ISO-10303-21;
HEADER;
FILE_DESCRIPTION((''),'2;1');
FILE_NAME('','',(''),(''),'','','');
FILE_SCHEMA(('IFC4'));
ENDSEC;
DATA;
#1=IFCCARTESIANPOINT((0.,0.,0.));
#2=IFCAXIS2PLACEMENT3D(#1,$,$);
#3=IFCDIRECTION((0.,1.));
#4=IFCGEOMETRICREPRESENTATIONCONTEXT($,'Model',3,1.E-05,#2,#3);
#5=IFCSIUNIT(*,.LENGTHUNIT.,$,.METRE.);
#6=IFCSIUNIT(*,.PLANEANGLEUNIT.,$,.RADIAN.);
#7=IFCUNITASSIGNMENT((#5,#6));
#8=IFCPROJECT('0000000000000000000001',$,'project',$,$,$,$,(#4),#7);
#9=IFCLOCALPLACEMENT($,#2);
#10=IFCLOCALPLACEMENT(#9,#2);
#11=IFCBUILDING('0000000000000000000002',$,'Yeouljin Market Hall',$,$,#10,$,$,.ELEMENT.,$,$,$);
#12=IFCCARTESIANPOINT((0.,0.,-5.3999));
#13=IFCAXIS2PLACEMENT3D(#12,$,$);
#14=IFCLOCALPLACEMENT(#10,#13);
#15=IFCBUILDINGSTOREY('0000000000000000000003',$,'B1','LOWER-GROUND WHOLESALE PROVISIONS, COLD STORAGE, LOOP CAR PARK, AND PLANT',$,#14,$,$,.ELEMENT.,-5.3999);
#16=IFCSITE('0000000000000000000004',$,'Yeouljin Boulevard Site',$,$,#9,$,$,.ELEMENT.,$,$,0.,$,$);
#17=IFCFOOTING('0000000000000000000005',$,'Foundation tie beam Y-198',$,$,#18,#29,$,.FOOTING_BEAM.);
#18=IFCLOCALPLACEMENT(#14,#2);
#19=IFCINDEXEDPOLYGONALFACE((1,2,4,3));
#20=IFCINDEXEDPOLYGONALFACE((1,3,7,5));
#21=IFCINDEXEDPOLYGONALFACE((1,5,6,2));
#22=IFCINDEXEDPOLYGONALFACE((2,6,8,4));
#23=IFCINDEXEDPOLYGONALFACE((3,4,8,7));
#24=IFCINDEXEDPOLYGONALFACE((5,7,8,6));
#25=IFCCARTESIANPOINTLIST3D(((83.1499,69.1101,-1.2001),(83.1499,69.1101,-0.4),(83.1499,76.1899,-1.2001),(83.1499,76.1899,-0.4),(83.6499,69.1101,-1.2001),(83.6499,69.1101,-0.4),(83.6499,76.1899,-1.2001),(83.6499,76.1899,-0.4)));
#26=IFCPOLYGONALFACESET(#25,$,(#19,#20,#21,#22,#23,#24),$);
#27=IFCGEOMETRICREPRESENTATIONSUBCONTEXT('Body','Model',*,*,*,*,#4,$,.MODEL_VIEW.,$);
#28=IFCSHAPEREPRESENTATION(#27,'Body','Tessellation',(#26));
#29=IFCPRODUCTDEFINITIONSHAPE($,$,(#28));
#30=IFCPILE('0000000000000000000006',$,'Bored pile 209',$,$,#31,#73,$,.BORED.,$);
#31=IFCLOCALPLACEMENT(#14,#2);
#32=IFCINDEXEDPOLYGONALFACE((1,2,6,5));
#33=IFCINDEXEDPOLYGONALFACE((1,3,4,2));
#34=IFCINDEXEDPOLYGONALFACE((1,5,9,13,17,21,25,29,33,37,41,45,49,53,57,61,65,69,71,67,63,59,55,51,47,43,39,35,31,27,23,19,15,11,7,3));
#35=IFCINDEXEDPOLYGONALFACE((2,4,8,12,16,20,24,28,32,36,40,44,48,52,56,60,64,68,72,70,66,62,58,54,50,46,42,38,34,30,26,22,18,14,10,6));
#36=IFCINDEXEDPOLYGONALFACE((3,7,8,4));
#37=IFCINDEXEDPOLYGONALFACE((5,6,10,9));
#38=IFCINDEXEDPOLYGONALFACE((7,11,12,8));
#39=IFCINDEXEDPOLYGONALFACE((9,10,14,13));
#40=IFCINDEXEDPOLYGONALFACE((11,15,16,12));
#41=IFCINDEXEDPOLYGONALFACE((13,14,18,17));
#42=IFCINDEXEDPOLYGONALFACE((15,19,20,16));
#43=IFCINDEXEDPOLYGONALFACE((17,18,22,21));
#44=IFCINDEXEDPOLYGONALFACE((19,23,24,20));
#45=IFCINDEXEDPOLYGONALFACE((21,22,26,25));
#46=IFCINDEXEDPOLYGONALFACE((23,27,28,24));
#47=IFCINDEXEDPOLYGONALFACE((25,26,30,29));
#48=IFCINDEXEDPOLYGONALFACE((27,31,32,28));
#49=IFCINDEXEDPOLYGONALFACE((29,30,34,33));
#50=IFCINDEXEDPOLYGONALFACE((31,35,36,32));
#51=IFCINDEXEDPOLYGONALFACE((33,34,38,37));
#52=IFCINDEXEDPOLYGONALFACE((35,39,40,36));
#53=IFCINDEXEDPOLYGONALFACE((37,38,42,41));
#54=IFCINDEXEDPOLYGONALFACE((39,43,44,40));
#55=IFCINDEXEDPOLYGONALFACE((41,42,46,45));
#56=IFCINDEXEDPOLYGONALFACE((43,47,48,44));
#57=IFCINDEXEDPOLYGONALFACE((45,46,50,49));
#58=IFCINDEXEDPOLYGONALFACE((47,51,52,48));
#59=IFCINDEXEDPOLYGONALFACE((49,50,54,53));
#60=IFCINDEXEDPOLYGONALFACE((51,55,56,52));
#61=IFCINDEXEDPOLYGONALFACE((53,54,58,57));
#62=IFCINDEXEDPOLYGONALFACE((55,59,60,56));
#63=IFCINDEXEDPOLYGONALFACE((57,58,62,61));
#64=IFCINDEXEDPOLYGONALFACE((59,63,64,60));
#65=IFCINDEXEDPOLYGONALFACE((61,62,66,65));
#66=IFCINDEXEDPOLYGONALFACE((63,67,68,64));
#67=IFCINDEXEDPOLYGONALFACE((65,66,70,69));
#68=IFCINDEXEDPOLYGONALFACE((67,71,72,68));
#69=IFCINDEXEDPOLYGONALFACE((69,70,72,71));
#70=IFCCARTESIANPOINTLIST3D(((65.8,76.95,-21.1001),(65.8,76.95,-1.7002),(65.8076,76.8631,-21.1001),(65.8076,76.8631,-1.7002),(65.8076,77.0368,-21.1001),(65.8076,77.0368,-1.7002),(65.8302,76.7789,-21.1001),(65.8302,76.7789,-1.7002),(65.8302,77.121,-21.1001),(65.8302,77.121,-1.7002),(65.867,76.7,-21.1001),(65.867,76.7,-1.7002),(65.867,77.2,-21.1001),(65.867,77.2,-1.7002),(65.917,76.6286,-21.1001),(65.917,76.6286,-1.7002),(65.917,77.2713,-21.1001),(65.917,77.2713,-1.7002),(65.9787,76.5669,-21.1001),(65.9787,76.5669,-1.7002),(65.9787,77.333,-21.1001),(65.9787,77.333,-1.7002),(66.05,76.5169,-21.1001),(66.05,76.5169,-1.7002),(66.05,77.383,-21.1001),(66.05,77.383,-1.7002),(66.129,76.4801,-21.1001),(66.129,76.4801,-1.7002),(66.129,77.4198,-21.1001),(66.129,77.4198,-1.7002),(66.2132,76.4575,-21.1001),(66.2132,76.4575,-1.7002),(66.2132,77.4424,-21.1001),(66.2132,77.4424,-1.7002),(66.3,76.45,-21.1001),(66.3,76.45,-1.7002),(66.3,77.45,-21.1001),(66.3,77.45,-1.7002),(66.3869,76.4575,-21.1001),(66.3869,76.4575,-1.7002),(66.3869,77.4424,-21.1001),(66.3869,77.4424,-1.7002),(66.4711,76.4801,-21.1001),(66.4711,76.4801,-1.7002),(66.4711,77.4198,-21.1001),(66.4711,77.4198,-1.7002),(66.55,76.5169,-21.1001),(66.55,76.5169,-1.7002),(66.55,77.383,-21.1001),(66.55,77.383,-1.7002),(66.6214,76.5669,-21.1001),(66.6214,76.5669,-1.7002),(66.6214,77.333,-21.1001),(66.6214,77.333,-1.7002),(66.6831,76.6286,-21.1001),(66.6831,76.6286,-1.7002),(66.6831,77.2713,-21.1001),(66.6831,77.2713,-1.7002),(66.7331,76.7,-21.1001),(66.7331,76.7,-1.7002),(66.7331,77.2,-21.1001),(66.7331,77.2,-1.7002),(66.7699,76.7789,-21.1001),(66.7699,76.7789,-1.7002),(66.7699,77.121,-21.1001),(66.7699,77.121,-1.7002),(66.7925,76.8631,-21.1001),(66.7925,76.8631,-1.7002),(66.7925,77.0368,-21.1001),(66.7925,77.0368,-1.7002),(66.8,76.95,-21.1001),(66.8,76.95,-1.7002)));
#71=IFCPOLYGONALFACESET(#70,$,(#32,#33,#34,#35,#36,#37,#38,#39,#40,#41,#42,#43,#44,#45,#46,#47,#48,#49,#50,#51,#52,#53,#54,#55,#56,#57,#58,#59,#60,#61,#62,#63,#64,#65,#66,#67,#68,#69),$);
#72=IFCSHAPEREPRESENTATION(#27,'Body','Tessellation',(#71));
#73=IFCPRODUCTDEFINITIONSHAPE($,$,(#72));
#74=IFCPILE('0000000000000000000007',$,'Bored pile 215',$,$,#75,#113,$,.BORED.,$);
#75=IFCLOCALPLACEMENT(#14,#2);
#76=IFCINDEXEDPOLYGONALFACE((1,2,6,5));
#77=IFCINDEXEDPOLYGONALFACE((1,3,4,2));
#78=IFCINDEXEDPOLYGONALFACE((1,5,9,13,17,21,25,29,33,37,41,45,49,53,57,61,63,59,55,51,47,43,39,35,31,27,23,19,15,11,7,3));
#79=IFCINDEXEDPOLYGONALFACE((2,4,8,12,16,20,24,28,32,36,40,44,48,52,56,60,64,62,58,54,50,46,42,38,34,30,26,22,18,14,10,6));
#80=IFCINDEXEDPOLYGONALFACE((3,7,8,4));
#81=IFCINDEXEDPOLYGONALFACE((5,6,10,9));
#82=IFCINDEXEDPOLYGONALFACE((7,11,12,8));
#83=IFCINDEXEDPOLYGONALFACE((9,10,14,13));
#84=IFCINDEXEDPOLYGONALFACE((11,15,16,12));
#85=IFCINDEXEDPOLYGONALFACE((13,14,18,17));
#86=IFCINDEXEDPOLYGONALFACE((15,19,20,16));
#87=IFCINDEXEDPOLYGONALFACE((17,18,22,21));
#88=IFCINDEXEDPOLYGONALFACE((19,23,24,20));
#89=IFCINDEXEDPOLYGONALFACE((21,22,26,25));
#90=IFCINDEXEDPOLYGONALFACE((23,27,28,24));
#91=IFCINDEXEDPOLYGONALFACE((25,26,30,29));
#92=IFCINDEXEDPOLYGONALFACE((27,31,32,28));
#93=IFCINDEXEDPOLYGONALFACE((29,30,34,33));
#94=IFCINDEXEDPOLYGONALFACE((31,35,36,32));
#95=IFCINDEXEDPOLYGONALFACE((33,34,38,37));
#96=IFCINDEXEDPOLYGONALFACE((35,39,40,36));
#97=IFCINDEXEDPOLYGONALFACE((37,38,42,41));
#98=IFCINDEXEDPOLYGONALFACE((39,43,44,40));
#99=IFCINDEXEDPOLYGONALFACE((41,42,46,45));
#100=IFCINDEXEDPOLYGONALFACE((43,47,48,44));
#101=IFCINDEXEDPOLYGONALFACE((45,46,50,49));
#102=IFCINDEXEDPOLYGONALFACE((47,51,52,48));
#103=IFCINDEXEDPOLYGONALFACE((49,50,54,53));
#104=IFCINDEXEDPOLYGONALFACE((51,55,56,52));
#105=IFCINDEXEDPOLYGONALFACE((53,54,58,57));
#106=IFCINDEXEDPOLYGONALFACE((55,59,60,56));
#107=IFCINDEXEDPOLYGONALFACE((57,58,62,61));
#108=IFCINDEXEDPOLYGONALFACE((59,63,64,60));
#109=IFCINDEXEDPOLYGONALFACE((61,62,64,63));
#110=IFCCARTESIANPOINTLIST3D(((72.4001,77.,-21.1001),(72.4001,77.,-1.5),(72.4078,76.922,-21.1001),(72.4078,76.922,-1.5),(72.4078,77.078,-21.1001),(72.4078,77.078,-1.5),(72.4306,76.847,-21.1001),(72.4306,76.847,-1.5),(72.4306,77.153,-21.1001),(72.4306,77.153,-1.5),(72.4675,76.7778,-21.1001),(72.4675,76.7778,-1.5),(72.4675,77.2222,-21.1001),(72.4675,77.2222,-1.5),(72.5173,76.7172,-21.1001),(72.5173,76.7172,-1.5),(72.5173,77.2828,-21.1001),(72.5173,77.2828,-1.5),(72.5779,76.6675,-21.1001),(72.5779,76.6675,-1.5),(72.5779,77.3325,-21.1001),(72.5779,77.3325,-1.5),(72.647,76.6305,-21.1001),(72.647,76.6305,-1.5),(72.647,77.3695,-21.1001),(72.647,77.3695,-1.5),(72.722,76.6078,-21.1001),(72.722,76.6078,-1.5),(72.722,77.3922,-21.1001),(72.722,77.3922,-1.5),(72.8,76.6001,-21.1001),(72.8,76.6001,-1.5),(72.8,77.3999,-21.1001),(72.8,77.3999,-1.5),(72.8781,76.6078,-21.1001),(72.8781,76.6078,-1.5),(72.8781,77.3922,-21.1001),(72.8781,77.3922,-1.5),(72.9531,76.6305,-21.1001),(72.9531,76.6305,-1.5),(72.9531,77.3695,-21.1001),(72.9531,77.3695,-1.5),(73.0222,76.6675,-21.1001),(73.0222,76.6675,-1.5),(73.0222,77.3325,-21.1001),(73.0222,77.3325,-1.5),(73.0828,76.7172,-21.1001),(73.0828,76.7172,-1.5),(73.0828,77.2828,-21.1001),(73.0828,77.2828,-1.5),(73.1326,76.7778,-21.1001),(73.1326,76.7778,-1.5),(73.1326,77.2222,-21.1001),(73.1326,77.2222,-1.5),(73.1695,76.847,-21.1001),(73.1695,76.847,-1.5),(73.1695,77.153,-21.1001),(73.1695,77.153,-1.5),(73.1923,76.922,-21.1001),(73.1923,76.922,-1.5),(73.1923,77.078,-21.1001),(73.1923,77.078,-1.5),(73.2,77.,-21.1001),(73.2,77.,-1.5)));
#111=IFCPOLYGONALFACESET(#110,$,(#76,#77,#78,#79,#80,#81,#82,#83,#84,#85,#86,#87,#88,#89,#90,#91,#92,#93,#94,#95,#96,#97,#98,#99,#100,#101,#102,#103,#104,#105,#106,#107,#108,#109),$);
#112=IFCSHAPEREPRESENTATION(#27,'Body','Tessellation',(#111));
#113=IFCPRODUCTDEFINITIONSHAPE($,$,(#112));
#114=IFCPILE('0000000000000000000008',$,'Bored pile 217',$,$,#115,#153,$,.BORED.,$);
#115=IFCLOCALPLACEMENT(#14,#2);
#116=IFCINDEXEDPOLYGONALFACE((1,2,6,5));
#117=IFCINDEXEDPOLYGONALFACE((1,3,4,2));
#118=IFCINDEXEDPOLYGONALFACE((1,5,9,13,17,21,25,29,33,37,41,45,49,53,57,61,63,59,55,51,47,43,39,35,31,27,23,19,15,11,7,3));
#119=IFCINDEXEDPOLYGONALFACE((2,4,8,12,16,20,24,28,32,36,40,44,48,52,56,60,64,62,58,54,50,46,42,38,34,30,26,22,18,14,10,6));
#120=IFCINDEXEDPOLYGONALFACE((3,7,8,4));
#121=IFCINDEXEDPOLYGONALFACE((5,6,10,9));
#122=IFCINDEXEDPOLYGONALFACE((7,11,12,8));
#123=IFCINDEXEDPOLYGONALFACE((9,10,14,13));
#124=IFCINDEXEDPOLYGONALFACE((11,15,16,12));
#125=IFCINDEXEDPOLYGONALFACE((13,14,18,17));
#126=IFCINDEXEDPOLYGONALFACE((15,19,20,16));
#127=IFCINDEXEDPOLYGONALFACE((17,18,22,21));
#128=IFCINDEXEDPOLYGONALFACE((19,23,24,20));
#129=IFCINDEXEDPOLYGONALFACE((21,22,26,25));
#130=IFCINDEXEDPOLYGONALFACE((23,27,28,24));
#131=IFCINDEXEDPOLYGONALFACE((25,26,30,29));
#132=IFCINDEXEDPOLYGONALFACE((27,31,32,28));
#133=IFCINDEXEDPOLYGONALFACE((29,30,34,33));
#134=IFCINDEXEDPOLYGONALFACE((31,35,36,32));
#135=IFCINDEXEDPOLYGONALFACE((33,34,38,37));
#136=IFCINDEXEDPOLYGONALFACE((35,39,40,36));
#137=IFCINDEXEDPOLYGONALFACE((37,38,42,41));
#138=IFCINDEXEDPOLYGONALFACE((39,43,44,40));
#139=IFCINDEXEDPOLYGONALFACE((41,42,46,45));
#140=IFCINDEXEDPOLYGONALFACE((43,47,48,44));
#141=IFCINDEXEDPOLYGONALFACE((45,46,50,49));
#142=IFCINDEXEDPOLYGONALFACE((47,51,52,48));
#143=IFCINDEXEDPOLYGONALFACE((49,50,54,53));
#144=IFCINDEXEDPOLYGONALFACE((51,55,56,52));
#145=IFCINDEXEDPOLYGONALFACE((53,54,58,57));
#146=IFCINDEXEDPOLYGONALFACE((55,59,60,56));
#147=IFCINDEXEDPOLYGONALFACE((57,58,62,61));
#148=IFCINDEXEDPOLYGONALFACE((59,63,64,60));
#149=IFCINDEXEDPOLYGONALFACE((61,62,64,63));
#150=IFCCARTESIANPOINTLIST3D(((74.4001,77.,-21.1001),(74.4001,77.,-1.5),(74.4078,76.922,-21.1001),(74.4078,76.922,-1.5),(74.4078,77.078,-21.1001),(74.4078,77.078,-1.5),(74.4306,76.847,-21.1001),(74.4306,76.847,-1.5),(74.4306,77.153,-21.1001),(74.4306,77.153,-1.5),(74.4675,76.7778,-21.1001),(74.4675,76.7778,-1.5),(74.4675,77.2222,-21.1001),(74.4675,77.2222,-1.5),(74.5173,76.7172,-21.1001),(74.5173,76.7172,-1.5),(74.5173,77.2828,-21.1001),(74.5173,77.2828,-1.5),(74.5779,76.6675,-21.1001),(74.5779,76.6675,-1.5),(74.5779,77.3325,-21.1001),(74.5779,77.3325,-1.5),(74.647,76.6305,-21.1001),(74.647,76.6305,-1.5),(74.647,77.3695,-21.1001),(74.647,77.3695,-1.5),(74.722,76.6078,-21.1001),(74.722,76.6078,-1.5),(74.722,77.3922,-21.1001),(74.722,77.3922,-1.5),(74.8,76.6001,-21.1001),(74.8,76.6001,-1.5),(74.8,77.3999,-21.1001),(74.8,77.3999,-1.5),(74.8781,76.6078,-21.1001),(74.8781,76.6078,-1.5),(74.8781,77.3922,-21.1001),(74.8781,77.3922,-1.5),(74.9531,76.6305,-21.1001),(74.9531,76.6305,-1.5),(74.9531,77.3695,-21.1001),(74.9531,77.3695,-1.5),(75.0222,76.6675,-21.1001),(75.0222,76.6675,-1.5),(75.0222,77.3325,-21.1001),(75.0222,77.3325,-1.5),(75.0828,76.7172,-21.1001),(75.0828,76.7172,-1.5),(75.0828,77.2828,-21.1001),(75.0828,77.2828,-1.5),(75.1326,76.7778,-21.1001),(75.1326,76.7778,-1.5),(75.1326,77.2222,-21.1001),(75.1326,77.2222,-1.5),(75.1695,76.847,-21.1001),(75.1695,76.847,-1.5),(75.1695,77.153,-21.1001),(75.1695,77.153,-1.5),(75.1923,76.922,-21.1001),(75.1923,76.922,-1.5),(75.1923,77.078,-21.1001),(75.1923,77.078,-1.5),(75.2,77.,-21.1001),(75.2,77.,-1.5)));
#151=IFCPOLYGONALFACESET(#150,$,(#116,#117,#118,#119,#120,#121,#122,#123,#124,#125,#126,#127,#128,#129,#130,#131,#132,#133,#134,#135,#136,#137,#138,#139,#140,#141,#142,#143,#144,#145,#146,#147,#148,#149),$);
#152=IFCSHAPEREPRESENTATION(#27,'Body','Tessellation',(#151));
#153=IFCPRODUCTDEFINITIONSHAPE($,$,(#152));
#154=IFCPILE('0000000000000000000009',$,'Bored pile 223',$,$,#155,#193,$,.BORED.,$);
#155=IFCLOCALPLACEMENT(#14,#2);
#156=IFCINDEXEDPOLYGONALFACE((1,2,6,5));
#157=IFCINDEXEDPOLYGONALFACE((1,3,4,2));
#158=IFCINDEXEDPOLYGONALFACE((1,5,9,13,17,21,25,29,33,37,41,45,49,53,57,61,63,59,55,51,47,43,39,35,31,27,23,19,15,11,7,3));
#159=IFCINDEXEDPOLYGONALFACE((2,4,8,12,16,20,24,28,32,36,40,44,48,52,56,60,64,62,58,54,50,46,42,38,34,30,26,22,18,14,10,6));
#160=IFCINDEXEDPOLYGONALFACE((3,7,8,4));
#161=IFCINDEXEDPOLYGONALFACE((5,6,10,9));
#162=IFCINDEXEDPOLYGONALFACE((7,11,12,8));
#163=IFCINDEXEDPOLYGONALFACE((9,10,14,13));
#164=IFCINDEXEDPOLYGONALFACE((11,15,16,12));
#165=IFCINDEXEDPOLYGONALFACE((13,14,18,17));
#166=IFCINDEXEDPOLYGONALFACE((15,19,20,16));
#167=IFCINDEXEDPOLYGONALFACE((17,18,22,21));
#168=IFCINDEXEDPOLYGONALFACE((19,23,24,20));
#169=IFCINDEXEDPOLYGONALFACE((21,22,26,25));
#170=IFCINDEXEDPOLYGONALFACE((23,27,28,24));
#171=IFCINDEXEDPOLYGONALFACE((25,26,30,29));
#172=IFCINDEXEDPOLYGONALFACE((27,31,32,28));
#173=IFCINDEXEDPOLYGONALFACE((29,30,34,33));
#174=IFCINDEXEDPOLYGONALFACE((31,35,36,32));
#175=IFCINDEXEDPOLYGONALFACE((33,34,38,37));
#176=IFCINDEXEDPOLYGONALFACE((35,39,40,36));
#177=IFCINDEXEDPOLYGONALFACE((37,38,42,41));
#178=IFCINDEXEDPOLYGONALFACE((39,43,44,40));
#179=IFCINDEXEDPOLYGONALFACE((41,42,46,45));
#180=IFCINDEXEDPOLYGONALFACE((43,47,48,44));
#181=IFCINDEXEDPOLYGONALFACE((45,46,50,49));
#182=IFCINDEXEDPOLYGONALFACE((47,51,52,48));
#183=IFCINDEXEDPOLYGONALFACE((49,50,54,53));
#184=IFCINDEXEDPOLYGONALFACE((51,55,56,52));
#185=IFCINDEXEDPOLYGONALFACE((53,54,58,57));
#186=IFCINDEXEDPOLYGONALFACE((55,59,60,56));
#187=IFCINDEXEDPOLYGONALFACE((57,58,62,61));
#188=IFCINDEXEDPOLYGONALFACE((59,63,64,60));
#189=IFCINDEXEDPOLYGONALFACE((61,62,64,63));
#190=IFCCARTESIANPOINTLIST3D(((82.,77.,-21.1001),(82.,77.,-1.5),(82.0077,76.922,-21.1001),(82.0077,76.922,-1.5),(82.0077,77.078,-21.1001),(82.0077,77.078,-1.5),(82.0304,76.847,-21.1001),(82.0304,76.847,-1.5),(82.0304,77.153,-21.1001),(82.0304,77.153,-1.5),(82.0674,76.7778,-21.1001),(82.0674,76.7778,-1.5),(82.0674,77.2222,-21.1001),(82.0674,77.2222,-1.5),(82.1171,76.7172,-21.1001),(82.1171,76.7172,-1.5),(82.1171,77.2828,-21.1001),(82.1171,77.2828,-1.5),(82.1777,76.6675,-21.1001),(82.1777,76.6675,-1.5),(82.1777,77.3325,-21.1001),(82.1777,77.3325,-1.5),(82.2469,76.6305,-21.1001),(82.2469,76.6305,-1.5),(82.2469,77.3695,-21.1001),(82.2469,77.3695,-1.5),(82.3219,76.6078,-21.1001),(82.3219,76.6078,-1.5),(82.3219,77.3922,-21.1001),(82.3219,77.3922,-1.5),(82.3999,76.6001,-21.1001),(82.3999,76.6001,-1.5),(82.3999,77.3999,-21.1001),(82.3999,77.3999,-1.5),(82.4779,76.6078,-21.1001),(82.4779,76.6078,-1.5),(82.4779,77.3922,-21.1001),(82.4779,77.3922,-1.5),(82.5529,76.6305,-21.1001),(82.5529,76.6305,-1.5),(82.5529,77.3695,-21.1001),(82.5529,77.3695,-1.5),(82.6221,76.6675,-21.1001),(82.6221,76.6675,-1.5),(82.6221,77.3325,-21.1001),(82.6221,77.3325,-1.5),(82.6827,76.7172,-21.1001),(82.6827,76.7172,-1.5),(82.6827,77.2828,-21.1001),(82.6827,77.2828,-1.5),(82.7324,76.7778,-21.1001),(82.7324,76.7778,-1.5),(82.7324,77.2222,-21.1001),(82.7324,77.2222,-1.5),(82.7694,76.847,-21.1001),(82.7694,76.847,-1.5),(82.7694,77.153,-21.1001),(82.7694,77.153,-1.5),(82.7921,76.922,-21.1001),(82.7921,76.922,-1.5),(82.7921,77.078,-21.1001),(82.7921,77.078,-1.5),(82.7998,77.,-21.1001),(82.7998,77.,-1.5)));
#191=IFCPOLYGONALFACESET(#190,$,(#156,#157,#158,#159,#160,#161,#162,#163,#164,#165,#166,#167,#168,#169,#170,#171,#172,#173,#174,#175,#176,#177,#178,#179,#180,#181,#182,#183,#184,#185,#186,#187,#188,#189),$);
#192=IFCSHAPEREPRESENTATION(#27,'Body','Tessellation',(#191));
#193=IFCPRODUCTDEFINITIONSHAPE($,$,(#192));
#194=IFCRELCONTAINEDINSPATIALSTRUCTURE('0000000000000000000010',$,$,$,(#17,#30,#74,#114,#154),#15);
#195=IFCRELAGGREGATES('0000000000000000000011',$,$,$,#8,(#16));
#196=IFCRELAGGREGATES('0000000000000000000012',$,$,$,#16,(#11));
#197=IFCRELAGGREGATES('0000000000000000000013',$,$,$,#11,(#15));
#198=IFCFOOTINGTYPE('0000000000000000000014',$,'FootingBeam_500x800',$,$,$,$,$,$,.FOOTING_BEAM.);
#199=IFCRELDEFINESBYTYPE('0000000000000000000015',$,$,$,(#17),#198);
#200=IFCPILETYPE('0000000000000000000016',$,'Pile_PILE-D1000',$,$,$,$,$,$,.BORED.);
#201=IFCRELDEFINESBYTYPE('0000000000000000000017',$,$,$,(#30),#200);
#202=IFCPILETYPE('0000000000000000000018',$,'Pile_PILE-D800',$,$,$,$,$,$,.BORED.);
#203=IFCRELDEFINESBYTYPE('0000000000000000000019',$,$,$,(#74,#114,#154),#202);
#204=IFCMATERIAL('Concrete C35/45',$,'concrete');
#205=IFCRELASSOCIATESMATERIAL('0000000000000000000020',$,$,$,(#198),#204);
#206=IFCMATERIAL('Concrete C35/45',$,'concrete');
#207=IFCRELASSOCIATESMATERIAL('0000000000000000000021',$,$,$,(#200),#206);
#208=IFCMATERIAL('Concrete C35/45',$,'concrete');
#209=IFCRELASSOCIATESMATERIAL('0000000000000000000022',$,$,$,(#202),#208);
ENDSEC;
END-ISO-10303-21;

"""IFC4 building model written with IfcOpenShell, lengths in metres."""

from ifc_helpers import new_model, si_unit, direction, frame, origin, origin_2d, place, context, subcontext, project, spatial, rectangle, circle, extrude, material, material_profile, profile_set, type_object, element, save


model = new_model("IFC4")

# Units and contexts
model_context = context("Model", 3, precision=1e-05, world=origin(), true_north=direction((0.0, 1.0)))
body_context = subcontext(model_context, "Body", "Model", "MODEL_VIEW")
ifc_project = project(units=[si_unit("LENGTHUNIT", "METRE"), si_unit("PLANEANGLEUNIT", "RADIAN")], contexts=[model_context])

# Site, building, storey
site_placement = place(None, origin())
site = spatial("IfcSite", under=ifc_project, at=site_placement, Name="Yeouljin Boulevard Site", CompositionType="ELEMENT", RefElevation=0.0)
building_placement = place(site_placement, origin())
building = spatial("IfcBuilding", under=site, at=building_placement, Name="Yeouljin Market Hall", CompositionType="ELEMENT")
storey_placement = place(building_placement, frame((0.0, 0.0, -5.3999)))
storey = spatial("IfcBuildingStorey", under=building, at=storey_placement, Name="B1", Description="LOWER-GROUND WHOLESALE PROVISIONS, COLD STORAGE, LOOP CAR PARK, AND PLANT", CompositionType="ELEMENT", Elevation=-5.3999)

# Footing
ifc_material_1 = material(Name="Concrete C35/45", Category="concrete")
ifc_material_profile_1 = material_profile(ifc_material_1, rectangle(XDim=0.5, YDim=0.8, at=origin_2d()), Name="RC-500x800")
ifc_profile_set_1 = profile_set([ifc_material_profile_1], Name="Concrete C35/45")
footing_type_1 = type_object("IfcFootingType", Name="FootingBeam_500x800", PredefinedType="FOOTING_BEAM", material=ifc_profile_set_1)
footing_1_placement = place(storey_placement, frame((83.3999, 69.1101, -0.8), z_axis=(0.0, 1.0, 0.0), x_axis=(-1.0, 0.0, 0.0)))
element("IfcFooting", 1, at=footing_1_placement, inside=storey, type_object=footing_type_1, Name="Foundation tie beam Y-198", PredefinedType="FOOTING_BEAM", context=body_context, shape_type="SweptSolid", body=[
    extrude(rectangle(XDim=0.5, YDim=0.8, at=origin_2d()), origin(), (0.0, 0.0, 1.0), 7.0798),
])

# Piles
ifc_material_2 = material(Name="Concrete C35/45", Category="concrete")
ifc_material_profile_2 = material_profile(ifc_material_2, circle(Radius=0.5, at=origin_2d()), Name="PILE-D1000")
ifc_profile_set_2 = profile_set([ifc_material_profile_2], Name="Concrete C35/45")
pile_type_1 = type_object("IfcPileType", Name="Pile_PILE-D1000", PredefinedType="BORED", material=ifc_profile_set_2)
pile_placement = place(storey_placement, frame((66.3, 76.95, -1.7002), z_axis=(0.0, 0.0, -1.0), x_axis=(1.0, 0.0, 0.0)))
element("IfcPile", 2, at=pile_placement, inside=storey, type_object=pile_type_1, Name="Bored pile 209", PredefinedType="BORED", context=body_context, shape_type="SweptSolid", body=[
    extrude(circle(Radius=0.5, at=origin_2d()), origin(), (0.0, 0.0, 1.0), 19.3999),
])
ifc_material_3 = material(Name="Concrete C35/45", Category="concrete")
ifc_material_profile_3 = material_profile(ifc_material_3, circle(Radius=0.3999, at=origin_2d()), Name="PILE-D800")
ifc_profile_set_3 = profile_set([ifc_material_profile_3], Name="Concrete C35/45")
pile_type_2 = type_object("IfcPileType", Name="Pile_PILE-D800", PredefinedType="BORED", material=ifc_profile_set_3)
for number, where, z_axis, x_axis, name in (
    (3, (72.8, 77.0, -1.5), (0.0, 0.0, -1.0), (1.0, 0.0, 0.0), "Bored pile 215"),
    (4, (74.8, 77.0, -1.5), (0.0, 0.0, -1.0), (1.0, 0.0, 0.0), "Bored pile 217"),
    (5, (82.3999, 77.0, -1.5), (0.0, 0.0, -1.0), (1.0, 0.0, 0.0), "Bored pile 223"),
):
    element("IfcPile", number, at=place(storey_placement, frame(where, z_axis=z_axis, x_axis=x_axis)), inside=storey, type_object=pile_type_2, Name=name, PredefinedType="BORED", context=body_context, shape_type="SweptSolid", body=[
        extrude(circle(Radius=0.3999, at=origin_2d()), origin(), (0.0, 0.0, 1.0), 19.6001),
    ])

save(model, "model.ifc")
